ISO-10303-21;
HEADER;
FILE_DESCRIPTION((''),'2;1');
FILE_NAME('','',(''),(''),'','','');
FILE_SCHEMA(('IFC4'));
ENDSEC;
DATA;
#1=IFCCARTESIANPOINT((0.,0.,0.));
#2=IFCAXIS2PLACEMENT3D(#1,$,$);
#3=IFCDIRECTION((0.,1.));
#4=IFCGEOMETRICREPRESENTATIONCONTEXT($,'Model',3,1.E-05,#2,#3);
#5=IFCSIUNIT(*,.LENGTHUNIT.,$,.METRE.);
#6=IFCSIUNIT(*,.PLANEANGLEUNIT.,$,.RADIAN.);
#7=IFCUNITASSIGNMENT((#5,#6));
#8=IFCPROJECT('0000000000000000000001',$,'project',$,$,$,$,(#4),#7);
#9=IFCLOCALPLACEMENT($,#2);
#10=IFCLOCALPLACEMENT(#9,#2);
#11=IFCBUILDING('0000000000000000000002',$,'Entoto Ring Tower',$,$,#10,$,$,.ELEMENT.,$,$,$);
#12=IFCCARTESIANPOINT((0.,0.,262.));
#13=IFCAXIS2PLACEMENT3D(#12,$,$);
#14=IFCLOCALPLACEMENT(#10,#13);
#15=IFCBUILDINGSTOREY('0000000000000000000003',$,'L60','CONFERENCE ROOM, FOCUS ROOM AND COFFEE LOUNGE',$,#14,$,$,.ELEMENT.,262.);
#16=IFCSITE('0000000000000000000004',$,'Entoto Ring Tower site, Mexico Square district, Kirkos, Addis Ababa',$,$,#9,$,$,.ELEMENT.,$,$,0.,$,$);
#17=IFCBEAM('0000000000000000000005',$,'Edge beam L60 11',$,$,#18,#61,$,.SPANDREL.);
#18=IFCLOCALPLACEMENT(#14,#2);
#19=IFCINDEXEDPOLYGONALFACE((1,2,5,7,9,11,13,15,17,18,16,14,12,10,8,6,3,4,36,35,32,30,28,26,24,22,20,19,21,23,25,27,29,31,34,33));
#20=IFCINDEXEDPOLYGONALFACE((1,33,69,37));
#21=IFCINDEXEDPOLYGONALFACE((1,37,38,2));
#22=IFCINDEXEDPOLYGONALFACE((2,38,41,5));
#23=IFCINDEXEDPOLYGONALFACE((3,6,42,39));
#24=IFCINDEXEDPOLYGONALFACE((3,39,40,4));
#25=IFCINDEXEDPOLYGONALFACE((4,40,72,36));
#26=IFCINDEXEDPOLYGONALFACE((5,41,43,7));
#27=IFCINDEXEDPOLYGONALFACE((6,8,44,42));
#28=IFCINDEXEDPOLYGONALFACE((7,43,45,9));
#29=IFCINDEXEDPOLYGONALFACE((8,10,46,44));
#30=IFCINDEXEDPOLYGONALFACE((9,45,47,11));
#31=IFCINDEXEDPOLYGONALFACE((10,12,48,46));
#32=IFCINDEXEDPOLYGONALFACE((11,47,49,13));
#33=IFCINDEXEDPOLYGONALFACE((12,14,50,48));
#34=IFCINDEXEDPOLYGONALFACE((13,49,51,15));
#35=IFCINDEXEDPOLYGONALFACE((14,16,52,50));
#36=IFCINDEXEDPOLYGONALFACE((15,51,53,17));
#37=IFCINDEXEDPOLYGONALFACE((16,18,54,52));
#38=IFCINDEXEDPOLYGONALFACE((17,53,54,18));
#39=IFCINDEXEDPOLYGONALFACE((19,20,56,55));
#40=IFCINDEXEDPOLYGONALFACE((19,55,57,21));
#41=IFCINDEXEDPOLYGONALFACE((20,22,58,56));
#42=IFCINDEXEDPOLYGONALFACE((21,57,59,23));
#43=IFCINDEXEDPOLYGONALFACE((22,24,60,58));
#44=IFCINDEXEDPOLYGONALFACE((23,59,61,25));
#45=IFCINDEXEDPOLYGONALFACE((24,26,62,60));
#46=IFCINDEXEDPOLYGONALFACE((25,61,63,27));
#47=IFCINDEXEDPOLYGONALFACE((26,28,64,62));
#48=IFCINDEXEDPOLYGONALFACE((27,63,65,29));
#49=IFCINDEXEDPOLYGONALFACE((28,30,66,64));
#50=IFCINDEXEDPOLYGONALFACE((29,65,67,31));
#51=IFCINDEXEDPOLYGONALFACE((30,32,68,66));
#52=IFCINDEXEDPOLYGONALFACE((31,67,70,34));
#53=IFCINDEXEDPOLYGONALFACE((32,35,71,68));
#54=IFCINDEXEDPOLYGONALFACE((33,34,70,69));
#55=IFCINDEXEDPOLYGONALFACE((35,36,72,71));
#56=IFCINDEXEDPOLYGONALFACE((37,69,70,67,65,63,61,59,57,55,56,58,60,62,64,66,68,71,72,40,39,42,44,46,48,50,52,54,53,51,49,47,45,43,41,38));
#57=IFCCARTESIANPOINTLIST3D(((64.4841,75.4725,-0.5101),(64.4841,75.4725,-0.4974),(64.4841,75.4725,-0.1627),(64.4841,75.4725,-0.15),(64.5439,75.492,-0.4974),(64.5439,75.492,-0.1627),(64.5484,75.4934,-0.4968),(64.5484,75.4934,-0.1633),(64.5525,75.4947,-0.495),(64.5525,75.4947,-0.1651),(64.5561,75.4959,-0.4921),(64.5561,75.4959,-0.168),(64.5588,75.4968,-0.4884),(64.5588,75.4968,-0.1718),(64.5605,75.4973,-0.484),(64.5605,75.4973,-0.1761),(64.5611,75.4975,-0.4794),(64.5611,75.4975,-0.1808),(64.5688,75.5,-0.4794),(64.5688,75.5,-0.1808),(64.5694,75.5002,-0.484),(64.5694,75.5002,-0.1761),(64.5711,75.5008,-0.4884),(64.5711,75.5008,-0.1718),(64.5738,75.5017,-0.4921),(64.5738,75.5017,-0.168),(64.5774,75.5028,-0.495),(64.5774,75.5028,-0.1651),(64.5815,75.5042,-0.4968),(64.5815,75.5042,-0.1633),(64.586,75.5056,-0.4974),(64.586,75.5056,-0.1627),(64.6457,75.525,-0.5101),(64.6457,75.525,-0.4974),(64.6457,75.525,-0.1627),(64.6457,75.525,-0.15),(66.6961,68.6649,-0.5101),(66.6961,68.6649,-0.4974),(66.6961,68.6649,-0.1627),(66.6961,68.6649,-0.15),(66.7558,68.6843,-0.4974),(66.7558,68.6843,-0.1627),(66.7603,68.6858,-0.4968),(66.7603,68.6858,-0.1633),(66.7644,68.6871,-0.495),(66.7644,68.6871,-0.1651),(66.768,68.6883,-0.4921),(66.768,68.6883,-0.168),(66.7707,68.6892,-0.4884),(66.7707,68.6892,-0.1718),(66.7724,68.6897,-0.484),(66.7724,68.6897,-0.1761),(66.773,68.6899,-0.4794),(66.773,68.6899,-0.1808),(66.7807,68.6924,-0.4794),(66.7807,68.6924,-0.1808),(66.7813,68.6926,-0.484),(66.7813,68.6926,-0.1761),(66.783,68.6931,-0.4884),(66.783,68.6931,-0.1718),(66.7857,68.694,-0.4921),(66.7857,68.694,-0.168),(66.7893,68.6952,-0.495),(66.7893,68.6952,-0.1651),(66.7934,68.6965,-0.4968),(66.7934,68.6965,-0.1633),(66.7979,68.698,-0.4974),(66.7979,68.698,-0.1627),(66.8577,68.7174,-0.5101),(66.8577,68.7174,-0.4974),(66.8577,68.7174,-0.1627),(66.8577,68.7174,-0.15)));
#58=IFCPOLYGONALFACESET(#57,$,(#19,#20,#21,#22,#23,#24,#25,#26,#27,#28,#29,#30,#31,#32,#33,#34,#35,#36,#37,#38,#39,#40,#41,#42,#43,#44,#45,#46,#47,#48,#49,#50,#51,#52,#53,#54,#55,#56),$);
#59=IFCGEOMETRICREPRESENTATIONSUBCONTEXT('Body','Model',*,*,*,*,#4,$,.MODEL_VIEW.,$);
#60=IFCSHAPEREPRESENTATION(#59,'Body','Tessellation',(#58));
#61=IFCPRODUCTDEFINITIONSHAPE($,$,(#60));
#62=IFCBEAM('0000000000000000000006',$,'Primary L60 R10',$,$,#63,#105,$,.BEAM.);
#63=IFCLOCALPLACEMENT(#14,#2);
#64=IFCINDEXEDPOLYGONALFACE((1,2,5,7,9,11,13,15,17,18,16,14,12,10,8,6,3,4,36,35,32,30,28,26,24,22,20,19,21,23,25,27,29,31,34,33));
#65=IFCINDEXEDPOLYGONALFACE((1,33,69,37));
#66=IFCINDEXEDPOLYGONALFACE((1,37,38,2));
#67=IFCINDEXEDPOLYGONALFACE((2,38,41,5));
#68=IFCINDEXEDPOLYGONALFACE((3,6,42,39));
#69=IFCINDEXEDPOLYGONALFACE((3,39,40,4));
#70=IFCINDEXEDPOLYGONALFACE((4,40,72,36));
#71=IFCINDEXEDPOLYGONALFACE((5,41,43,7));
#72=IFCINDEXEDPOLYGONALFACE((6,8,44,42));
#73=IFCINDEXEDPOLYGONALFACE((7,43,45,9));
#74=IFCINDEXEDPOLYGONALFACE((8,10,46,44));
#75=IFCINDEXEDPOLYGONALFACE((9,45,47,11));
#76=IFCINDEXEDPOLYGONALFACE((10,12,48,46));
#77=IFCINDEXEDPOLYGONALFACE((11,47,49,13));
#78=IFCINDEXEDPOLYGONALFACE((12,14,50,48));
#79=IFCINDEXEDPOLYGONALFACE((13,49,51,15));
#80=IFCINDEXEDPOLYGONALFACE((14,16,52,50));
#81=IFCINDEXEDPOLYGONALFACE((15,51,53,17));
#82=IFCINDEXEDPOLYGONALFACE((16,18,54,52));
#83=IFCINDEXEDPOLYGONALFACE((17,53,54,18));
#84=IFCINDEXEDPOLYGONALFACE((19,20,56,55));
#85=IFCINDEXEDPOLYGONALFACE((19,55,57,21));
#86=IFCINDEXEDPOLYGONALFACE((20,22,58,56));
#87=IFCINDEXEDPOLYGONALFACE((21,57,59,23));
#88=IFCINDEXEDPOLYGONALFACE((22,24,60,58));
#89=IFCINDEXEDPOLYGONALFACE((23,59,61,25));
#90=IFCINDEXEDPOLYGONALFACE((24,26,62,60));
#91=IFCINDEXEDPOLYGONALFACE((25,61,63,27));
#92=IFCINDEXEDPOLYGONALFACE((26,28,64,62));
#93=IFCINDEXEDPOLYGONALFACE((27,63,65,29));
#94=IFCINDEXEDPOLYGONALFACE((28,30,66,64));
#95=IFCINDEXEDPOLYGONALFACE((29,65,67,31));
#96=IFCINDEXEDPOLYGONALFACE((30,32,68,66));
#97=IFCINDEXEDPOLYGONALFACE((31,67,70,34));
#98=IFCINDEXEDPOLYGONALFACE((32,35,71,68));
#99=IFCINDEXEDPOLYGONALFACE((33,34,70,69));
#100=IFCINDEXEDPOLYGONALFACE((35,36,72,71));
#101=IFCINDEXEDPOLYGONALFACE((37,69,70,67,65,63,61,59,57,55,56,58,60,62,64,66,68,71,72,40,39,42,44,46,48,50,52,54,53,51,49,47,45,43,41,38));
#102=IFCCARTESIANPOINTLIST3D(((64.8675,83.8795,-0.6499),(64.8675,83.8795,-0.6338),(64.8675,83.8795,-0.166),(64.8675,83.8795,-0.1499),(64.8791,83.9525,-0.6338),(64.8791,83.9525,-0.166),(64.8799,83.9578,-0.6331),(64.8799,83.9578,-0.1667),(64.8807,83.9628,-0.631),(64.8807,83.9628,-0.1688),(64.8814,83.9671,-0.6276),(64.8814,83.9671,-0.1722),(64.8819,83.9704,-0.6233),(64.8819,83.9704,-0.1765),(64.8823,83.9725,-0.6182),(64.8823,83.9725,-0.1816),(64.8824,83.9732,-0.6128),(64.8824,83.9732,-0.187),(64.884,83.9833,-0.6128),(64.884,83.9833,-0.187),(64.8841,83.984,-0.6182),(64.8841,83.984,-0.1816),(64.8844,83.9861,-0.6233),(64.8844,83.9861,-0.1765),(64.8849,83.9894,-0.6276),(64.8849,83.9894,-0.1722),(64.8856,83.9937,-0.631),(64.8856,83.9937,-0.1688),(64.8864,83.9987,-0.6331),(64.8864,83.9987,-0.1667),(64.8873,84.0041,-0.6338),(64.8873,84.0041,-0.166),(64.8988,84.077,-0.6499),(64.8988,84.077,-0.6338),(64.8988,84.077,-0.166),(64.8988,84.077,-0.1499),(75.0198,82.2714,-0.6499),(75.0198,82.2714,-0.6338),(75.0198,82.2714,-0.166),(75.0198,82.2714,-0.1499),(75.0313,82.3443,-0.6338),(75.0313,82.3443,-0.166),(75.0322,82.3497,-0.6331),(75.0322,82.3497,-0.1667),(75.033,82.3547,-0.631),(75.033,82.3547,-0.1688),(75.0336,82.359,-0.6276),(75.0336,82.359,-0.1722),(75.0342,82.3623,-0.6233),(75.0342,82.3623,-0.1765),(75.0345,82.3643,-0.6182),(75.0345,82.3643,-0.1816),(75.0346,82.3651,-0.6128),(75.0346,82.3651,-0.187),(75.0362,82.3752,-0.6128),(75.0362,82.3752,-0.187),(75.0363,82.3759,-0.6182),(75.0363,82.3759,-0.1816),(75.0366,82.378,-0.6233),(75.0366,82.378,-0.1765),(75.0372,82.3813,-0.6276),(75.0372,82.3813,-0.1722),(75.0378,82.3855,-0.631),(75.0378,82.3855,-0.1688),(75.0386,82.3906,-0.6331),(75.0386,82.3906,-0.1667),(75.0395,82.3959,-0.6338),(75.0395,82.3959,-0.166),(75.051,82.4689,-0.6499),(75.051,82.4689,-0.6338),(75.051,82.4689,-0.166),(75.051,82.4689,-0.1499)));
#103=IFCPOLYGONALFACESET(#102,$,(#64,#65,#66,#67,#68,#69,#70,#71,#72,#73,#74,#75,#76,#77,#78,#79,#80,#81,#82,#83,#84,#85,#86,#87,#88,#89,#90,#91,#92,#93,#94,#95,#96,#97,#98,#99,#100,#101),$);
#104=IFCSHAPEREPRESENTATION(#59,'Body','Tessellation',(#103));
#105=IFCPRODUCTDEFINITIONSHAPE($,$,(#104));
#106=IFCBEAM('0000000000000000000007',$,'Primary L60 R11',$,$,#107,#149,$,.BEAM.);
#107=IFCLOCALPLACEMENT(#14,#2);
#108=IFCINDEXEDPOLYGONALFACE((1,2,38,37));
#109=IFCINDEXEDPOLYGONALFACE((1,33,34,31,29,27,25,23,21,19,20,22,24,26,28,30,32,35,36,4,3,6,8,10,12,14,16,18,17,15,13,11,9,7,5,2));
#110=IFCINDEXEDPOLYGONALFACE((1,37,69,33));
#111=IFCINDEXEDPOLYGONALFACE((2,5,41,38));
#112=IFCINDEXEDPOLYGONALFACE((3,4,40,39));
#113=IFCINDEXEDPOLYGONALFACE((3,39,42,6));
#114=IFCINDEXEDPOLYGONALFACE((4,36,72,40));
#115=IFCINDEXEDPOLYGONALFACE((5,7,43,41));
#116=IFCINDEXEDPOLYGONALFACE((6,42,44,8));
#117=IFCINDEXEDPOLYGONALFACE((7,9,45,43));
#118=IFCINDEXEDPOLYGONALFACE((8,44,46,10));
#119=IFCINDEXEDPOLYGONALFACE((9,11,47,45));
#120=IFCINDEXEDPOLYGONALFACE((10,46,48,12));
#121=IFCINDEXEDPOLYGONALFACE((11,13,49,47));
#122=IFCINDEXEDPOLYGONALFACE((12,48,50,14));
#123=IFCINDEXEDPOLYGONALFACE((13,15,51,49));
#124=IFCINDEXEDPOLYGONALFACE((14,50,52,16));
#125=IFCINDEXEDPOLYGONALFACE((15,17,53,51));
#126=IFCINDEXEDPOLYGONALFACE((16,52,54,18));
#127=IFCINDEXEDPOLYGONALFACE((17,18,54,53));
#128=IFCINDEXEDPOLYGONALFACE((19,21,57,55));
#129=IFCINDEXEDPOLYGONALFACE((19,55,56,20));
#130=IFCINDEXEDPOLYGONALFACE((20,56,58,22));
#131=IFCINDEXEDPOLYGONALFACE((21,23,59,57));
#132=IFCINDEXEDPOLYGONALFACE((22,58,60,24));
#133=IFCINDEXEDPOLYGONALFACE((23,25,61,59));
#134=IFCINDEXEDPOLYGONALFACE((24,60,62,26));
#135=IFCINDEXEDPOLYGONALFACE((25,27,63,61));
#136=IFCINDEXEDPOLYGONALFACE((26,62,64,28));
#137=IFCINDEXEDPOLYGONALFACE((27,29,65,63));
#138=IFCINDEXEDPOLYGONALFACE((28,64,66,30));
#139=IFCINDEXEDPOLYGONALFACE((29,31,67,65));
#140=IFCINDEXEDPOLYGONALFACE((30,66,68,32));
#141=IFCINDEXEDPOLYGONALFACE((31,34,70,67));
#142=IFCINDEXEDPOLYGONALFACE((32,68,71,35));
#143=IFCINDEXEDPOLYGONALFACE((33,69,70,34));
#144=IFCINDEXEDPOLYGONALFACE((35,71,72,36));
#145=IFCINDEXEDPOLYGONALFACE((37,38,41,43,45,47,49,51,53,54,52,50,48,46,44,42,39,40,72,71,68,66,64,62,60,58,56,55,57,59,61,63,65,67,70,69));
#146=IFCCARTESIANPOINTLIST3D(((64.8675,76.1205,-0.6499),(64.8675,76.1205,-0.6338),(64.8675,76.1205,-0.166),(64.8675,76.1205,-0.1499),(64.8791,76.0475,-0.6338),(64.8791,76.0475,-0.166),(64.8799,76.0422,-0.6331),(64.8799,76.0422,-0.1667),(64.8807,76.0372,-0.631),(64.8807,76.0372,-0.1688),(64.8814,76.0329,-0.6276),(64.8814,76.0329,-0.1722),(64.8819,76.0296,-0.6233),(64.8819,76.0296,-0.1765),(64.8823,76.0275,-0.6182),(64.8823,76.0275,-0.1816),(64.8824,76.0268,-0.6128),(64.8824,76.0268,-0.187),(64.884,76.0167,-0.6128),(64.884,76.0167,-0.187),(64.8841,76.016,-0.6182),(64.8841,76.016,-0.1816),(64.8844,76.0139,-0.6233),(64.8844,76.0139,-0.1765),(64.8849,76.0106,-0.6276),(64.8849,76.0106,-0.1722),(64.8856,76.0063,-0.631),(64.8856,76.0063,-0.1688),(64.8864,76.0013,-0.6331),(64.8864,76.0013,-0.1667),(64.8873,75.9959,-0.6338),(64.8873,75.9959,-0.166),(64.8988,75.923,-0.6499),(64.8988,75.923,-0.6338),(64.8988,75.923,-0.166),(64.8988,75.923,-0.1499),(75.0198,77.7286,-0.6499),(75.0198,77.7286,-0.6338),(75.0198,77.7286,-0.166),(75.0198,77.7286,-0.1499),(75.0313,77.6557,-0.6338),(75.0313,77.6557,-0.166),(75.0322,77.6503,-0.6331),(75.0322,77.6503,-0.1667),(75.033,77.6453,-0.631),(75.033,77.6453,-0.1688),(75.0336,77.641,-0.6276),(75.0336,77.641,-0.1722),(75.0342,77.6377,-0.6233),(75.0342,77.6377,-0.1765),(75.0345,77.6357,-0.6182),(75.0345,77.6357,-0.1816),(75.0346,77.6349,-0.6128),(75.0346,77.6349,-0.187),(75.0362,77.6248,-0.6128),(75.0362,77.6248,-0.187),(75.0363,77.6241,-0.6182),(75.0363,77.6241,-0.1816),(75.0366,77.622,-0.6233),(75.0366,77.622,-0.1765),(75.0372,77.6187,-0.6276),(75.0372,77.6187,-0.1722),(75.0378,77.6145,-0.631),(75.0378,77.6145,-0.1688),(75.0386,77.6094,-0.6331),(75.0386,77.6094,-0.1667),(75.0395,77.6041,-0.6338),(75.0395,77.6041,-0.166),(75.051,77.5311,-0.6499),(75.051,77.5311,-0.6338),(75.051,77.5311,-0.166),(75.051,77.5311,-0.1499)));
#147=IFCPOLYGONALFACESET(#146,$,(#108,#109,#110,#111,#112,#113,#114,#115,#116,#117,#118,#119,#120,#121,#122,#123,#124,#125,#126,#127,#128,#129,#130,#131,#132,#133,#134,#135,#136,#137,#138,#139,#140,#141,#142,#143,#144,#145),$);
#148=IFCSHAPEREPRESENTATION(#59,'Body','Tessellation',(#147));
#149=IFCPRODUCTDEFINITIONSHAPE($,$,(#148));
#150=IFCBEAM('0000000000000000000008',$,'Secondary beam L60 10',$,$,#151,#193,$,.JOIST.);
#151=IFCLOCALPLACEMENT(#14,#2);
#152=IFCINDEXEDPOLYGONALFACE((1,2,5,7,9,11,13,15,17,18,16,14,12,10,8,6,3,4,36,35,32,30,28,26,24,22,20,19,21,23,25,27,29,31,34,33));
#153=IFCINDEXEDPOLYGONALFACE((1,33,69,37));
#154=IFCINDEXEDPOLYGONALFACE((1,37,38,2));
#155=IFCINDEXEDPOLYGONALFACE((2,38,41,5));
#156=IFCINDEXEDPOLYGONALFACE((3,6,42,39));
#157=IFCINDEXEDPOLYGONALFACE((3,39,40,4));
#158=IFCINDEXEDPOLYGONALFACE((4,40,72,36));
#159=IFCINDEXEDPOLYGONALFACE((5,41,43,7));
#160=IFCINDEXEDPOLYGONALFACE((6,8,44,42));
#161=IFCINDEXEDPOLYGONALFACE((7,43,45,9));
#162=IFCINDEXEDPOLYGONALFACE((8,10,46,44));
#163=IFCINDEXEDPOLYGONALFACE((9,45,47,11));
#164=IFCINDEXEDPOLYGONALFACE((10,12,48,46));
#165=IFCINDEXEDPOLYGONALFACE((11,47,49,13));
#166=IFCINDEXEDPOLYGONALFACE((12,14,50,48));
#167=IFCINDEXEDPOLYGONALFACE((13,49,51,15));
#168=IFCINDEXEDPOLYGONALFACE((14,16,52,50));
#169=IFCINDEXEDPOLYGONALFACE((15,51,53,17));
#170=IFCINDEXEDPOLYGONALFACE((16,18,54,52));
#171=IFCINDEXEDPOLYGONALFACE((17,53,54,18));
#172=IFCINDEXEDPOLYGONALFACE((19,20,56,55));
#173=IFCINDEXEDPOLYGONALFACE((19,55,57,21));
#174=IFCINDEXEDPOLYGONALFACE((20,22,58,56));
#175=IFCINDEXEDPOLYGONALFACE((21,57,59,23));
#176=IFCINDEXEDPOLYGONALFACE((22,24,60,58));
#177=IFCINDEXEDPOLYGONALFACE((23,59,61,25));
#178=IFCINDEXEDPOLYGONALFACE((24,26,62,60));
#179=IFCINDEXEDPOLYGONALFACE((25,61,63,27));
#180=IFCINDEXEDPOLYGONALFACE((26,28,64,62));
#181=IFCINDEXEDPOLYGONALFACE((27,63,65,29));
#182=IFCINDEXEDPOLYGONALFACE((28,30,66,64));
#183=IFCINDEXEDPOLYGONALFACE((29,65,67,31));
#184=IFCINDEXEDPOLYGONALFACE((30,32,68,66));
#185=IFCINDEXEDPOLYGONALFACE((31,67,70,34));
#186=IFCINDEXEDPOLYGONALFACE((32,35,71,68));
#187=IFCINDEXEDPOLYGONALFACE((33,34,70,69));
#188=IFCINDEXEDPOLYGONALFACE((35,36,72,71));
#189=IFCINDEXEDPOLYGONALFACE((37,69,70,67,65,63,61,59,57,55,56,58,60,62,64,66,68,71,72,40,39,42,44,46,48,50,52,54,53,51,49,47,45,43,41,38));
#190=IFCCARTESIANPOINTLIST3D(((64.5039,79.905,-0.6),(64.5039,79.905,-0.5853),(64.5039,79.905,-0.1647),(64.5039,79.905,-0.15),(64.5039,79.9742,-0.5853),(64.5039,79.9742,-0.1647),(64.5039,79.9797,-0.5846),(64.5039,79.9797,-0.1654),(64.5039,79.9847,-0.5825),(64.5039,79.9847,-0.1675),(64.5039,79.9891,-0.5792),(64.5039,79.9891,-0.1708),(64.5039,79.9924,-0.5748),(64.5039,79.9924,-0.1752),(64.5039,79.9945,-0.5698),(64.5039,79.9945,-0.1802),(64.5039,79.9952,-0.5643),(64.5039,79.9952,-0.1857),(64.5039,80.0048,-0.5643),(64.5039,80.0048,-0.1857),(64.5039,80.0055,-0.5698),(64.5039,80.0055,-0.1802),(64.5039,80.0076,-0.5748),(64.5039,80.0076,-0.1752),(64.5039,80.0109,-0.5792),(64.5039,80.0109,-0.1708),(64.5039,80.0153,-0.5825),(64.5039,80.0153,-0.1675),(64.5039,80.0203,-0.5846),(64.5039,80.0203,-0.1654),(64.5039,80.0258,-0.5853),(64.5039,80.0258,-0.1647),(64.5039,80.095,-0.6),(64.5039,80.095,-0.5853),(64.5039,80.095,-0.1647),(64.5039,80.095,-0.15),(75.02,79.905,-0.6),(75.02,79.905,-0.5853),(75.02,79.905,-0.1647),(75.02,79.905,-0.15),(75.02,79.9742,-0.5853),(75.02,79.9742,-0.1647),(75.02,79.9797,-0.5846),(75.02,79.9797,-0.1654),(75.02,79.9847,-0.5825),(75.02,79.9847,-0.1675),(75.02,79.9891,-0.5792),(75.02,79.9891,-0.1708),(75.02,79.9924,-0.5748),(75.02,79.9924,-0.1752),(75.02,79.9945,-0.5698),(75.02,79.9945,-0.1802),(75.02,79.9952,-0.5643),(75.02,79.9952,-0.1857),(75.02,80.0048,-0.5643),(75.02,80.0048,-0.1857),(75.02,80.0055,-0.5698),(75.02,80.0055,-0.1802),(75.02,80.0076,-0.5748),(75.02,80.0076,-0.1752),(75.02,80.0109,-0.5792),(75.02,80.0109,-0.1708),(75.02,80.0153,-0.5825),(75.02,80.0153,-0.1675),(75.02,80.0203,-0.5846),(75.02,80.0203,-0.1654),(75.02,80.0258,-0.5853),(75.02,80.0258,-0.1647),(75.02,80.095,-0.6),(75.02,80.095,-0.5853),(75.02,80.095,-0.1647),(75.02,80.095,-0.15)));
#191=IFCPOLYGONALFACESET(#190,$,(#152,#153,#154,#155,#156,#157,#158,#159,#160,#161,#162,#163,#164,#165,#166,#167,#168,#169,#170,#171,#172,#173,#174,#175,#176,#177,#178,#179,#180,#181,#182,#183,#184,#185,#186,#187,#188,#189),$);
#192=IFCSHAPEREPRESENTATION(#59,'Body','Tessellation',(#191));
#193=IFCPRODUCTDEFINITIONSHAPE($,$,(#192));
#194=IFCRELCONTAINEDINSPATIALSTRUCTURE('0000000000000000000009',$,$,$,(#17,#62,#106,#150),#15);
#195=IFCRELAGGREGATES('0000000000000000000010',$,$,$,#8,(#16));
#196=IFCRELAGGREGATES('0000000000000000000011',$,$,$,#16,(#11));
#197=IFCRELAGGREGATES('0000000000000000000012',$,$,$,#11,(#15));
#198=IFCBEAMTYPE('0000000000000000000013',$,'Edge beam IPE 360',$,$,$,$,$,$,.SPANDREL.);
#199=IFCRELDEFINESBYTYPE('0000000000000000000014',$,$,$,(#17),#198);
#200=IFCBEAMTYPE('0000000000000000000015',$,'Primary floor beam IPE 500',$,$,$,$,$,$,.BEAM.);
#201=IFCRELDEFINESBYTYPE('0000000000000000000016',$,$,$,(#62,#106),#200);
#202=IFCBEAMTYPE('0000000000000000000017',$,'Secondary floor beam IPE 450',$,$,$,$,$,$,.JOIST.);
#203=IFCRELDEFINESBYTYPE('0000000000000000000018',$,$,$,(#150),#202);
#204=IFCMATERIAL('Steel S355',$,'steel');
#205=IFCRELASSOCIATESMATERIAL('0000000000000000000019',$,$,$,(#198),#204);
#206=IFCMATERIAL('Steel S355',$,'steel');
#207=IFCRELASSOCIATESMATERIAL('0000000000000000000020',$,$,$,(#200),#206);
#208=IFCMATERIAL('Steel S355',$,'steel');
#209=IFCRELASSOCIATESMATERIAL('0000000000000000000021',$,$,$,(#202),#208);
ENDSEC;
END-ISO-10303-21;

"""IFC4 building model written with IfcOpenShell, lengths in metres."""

from ifc_helpers import new_model, si_unit, direction, frame, origin, origin_2d, place, context, subcontext, project, spatial, i_section, extrude, material, material_profile, profile_set, type_object, element, save


model = new_model("IFC4")

# Units and contexts
model_context = context("Model", 3, precision=1e-05, world=origin(), true_north=direction((0.0, 1.0)))
body_context = subcontext(model_context, "Body", "Model", "MODEL_VIEW")
ifc_project = project(units=[si_unit("LENGTHUNIT", "METRE"), si_unit("PLANEANGLEUNIT", "RADIAN")], contexts=[model_context])

# Site, building, storey
site_placement = place(None, origin())
site = spatial("IfcSite", under=ifc_project, at=site_placement, Name="Entoto Ring Tower site, Mexico Square district, Kirkos, Addis Ababa", CompositionType="ELEMENT", RefElevation=0.0)
building_placement = place(site_placement, origin())
building = spatial("IfcBuilding", under=site, at=building_placement, Name="Entoto Ring Tower", CompositionType="ELEMENT")
storey_placement = place(building_placement, frame((0.0, 0.0, 262.0)))
storey = spatial("IfcBuildingStorey", under=building, at=storey_placement, Name="L60", Description="CONFERENCE ROOM, FOCUS ROOM AND COFFEE LOUNGE", CompositionType="ELEMENT", Elevation=262.0)

# Beams
ifc_material_1 = material(Name="Steel S355", Category="steel")
ifc_material_profile_1 = material_profile(ifc_material_1, i_section(OverallWidth=0.1699, OverallDepth=0.3601, WebThickness=0.0081, FlangeThickness=0.0127, FilletRadius=0.0181, at=origin_2d()), Name="IPE 360")
ifc_profile_set_1 = profile_set([ifc_material_profile_1], Name="Steel S355")
beam_type_1 = type_object("IfcBeamType", Name="Edge beam IPE 360", PredefinedType="SPANDREL", material=ifc_profile_set_1)
beam_1_placement = place(storey_placement, frame((64.5649, 75.4988, -0.3301), z_axis=(0.309015, -0.951057, 0.0), x_axis=(0.951057, 0.309015, 0.0)))
element("IfcBeam", 1, at=beam_1_placement, inside=storey, type_object=beam_type_1, Name="Edge beam L60 11", PredefinedType="SPANDREL", context=body_context, shape_type="SweptSolid", body=[
    extrude(i_section(OverallWidth=0.1699, OverallDepth=0.3601, WebThickness=0.0081, FlangeThickness=0.0127, FilletRadius=0.0181, at=origin_2d()), origin(), (0.0, 0.0, 1.0), 7.158),
])
ifc_material_2 = material(Name="Steel S355", Category="steel")
ifc_material_profile_2 = material_profile(ifc_material_2, i_section(OverallWidth=0.2, OverallDepth=0.5, WebThickness=0.0103, FlangeThickness=0.0161, FilletRadius=0.021, at=origin_2d()), Name="IPE 500")
ifc_profile_set_2 = profile_set([ifc_material_profile_2], Name="Steel S355")
beam_type_2 = type_object("IfcBeamType", Name="Primary floor beam IPE 500", PredefinedType="BEAM", material=ifc_profile_set_2)
for number, where, z_axis, x_axis, name in (
    (2, (75.0354, 82.3701, -0.3999), (-0.987686, 0.156452, 0.0), (-0.156452, -0.987686, 0.0), "Primary L60 R10"),
    (3, (75.0354, 77.6299, -0.3999), (-0.987686, -0.156452, 0.0), (0.156452, -0.987686, 0.0), "Primary L60 R11"),
):
    element("IfcBeam", number, at=place(storey_placement, frame(where, z_axis=z_axis, x_axis=x_axis)), inside=storey, type_object=beam_type_2, Name=name, PredefinedType="BEAM", context=body_context, shape_type="SweptSolid", body=[
        extrude(i_section(OverallWidth=0.2, OverallDepth=0.5, WebThickness=0.0103, FlangeThickness=0.0161, FilletRadius=0.021, at=origin_2d()), origin(), (0.0, 0.0, 1.0), 10.2788),
    ])
ifc_material_3 = material(Name="Steel S355", Category="steel")
ifc_material_profile_3 = material_profile(ifc_material_3, i_section(OverallWidth=0.1899, OverallDepth=0.45, WebThickness=0.0095, FlangeThickness=0.0146, FilletRadius=0.021, at=origin_2d()), Name="IPE 450")
ifc_profile_set_3 = profile_set([ifc_material_profile_3], Name="Steel S355")
beam_type_3 = type_object("IfcBeamType", Name="Secondary floor beam IPE 450", PredefinedType="JOIST", material=ifc_profile_set_3)
beam_2_placement = place(storey_placement, frame((75.02, 80.0, -0.375), z_axis=(-1.0, 0.0, 0.0), x_axis=(0.0, -1.0, 0.0)))
element("IfcBeam", 4, at=beam_2_placement, inside=storey, type_object=beam_type_3, Name="Secondary beam L60 10", PredefinedType="JOIST", context=body_context, shape_type="SweptSolid", body=[
    extrude(i_section(OverallWidth=0.1899, OverallDepth=0.45, WebThickness=0.0095, FlangeThickness=0.0146, FilletRadius=0.021, at=origin_2d()), origin(), (0.0, 0.0, 1.0), 10.5161),
])

save(model, "model.ifc")
